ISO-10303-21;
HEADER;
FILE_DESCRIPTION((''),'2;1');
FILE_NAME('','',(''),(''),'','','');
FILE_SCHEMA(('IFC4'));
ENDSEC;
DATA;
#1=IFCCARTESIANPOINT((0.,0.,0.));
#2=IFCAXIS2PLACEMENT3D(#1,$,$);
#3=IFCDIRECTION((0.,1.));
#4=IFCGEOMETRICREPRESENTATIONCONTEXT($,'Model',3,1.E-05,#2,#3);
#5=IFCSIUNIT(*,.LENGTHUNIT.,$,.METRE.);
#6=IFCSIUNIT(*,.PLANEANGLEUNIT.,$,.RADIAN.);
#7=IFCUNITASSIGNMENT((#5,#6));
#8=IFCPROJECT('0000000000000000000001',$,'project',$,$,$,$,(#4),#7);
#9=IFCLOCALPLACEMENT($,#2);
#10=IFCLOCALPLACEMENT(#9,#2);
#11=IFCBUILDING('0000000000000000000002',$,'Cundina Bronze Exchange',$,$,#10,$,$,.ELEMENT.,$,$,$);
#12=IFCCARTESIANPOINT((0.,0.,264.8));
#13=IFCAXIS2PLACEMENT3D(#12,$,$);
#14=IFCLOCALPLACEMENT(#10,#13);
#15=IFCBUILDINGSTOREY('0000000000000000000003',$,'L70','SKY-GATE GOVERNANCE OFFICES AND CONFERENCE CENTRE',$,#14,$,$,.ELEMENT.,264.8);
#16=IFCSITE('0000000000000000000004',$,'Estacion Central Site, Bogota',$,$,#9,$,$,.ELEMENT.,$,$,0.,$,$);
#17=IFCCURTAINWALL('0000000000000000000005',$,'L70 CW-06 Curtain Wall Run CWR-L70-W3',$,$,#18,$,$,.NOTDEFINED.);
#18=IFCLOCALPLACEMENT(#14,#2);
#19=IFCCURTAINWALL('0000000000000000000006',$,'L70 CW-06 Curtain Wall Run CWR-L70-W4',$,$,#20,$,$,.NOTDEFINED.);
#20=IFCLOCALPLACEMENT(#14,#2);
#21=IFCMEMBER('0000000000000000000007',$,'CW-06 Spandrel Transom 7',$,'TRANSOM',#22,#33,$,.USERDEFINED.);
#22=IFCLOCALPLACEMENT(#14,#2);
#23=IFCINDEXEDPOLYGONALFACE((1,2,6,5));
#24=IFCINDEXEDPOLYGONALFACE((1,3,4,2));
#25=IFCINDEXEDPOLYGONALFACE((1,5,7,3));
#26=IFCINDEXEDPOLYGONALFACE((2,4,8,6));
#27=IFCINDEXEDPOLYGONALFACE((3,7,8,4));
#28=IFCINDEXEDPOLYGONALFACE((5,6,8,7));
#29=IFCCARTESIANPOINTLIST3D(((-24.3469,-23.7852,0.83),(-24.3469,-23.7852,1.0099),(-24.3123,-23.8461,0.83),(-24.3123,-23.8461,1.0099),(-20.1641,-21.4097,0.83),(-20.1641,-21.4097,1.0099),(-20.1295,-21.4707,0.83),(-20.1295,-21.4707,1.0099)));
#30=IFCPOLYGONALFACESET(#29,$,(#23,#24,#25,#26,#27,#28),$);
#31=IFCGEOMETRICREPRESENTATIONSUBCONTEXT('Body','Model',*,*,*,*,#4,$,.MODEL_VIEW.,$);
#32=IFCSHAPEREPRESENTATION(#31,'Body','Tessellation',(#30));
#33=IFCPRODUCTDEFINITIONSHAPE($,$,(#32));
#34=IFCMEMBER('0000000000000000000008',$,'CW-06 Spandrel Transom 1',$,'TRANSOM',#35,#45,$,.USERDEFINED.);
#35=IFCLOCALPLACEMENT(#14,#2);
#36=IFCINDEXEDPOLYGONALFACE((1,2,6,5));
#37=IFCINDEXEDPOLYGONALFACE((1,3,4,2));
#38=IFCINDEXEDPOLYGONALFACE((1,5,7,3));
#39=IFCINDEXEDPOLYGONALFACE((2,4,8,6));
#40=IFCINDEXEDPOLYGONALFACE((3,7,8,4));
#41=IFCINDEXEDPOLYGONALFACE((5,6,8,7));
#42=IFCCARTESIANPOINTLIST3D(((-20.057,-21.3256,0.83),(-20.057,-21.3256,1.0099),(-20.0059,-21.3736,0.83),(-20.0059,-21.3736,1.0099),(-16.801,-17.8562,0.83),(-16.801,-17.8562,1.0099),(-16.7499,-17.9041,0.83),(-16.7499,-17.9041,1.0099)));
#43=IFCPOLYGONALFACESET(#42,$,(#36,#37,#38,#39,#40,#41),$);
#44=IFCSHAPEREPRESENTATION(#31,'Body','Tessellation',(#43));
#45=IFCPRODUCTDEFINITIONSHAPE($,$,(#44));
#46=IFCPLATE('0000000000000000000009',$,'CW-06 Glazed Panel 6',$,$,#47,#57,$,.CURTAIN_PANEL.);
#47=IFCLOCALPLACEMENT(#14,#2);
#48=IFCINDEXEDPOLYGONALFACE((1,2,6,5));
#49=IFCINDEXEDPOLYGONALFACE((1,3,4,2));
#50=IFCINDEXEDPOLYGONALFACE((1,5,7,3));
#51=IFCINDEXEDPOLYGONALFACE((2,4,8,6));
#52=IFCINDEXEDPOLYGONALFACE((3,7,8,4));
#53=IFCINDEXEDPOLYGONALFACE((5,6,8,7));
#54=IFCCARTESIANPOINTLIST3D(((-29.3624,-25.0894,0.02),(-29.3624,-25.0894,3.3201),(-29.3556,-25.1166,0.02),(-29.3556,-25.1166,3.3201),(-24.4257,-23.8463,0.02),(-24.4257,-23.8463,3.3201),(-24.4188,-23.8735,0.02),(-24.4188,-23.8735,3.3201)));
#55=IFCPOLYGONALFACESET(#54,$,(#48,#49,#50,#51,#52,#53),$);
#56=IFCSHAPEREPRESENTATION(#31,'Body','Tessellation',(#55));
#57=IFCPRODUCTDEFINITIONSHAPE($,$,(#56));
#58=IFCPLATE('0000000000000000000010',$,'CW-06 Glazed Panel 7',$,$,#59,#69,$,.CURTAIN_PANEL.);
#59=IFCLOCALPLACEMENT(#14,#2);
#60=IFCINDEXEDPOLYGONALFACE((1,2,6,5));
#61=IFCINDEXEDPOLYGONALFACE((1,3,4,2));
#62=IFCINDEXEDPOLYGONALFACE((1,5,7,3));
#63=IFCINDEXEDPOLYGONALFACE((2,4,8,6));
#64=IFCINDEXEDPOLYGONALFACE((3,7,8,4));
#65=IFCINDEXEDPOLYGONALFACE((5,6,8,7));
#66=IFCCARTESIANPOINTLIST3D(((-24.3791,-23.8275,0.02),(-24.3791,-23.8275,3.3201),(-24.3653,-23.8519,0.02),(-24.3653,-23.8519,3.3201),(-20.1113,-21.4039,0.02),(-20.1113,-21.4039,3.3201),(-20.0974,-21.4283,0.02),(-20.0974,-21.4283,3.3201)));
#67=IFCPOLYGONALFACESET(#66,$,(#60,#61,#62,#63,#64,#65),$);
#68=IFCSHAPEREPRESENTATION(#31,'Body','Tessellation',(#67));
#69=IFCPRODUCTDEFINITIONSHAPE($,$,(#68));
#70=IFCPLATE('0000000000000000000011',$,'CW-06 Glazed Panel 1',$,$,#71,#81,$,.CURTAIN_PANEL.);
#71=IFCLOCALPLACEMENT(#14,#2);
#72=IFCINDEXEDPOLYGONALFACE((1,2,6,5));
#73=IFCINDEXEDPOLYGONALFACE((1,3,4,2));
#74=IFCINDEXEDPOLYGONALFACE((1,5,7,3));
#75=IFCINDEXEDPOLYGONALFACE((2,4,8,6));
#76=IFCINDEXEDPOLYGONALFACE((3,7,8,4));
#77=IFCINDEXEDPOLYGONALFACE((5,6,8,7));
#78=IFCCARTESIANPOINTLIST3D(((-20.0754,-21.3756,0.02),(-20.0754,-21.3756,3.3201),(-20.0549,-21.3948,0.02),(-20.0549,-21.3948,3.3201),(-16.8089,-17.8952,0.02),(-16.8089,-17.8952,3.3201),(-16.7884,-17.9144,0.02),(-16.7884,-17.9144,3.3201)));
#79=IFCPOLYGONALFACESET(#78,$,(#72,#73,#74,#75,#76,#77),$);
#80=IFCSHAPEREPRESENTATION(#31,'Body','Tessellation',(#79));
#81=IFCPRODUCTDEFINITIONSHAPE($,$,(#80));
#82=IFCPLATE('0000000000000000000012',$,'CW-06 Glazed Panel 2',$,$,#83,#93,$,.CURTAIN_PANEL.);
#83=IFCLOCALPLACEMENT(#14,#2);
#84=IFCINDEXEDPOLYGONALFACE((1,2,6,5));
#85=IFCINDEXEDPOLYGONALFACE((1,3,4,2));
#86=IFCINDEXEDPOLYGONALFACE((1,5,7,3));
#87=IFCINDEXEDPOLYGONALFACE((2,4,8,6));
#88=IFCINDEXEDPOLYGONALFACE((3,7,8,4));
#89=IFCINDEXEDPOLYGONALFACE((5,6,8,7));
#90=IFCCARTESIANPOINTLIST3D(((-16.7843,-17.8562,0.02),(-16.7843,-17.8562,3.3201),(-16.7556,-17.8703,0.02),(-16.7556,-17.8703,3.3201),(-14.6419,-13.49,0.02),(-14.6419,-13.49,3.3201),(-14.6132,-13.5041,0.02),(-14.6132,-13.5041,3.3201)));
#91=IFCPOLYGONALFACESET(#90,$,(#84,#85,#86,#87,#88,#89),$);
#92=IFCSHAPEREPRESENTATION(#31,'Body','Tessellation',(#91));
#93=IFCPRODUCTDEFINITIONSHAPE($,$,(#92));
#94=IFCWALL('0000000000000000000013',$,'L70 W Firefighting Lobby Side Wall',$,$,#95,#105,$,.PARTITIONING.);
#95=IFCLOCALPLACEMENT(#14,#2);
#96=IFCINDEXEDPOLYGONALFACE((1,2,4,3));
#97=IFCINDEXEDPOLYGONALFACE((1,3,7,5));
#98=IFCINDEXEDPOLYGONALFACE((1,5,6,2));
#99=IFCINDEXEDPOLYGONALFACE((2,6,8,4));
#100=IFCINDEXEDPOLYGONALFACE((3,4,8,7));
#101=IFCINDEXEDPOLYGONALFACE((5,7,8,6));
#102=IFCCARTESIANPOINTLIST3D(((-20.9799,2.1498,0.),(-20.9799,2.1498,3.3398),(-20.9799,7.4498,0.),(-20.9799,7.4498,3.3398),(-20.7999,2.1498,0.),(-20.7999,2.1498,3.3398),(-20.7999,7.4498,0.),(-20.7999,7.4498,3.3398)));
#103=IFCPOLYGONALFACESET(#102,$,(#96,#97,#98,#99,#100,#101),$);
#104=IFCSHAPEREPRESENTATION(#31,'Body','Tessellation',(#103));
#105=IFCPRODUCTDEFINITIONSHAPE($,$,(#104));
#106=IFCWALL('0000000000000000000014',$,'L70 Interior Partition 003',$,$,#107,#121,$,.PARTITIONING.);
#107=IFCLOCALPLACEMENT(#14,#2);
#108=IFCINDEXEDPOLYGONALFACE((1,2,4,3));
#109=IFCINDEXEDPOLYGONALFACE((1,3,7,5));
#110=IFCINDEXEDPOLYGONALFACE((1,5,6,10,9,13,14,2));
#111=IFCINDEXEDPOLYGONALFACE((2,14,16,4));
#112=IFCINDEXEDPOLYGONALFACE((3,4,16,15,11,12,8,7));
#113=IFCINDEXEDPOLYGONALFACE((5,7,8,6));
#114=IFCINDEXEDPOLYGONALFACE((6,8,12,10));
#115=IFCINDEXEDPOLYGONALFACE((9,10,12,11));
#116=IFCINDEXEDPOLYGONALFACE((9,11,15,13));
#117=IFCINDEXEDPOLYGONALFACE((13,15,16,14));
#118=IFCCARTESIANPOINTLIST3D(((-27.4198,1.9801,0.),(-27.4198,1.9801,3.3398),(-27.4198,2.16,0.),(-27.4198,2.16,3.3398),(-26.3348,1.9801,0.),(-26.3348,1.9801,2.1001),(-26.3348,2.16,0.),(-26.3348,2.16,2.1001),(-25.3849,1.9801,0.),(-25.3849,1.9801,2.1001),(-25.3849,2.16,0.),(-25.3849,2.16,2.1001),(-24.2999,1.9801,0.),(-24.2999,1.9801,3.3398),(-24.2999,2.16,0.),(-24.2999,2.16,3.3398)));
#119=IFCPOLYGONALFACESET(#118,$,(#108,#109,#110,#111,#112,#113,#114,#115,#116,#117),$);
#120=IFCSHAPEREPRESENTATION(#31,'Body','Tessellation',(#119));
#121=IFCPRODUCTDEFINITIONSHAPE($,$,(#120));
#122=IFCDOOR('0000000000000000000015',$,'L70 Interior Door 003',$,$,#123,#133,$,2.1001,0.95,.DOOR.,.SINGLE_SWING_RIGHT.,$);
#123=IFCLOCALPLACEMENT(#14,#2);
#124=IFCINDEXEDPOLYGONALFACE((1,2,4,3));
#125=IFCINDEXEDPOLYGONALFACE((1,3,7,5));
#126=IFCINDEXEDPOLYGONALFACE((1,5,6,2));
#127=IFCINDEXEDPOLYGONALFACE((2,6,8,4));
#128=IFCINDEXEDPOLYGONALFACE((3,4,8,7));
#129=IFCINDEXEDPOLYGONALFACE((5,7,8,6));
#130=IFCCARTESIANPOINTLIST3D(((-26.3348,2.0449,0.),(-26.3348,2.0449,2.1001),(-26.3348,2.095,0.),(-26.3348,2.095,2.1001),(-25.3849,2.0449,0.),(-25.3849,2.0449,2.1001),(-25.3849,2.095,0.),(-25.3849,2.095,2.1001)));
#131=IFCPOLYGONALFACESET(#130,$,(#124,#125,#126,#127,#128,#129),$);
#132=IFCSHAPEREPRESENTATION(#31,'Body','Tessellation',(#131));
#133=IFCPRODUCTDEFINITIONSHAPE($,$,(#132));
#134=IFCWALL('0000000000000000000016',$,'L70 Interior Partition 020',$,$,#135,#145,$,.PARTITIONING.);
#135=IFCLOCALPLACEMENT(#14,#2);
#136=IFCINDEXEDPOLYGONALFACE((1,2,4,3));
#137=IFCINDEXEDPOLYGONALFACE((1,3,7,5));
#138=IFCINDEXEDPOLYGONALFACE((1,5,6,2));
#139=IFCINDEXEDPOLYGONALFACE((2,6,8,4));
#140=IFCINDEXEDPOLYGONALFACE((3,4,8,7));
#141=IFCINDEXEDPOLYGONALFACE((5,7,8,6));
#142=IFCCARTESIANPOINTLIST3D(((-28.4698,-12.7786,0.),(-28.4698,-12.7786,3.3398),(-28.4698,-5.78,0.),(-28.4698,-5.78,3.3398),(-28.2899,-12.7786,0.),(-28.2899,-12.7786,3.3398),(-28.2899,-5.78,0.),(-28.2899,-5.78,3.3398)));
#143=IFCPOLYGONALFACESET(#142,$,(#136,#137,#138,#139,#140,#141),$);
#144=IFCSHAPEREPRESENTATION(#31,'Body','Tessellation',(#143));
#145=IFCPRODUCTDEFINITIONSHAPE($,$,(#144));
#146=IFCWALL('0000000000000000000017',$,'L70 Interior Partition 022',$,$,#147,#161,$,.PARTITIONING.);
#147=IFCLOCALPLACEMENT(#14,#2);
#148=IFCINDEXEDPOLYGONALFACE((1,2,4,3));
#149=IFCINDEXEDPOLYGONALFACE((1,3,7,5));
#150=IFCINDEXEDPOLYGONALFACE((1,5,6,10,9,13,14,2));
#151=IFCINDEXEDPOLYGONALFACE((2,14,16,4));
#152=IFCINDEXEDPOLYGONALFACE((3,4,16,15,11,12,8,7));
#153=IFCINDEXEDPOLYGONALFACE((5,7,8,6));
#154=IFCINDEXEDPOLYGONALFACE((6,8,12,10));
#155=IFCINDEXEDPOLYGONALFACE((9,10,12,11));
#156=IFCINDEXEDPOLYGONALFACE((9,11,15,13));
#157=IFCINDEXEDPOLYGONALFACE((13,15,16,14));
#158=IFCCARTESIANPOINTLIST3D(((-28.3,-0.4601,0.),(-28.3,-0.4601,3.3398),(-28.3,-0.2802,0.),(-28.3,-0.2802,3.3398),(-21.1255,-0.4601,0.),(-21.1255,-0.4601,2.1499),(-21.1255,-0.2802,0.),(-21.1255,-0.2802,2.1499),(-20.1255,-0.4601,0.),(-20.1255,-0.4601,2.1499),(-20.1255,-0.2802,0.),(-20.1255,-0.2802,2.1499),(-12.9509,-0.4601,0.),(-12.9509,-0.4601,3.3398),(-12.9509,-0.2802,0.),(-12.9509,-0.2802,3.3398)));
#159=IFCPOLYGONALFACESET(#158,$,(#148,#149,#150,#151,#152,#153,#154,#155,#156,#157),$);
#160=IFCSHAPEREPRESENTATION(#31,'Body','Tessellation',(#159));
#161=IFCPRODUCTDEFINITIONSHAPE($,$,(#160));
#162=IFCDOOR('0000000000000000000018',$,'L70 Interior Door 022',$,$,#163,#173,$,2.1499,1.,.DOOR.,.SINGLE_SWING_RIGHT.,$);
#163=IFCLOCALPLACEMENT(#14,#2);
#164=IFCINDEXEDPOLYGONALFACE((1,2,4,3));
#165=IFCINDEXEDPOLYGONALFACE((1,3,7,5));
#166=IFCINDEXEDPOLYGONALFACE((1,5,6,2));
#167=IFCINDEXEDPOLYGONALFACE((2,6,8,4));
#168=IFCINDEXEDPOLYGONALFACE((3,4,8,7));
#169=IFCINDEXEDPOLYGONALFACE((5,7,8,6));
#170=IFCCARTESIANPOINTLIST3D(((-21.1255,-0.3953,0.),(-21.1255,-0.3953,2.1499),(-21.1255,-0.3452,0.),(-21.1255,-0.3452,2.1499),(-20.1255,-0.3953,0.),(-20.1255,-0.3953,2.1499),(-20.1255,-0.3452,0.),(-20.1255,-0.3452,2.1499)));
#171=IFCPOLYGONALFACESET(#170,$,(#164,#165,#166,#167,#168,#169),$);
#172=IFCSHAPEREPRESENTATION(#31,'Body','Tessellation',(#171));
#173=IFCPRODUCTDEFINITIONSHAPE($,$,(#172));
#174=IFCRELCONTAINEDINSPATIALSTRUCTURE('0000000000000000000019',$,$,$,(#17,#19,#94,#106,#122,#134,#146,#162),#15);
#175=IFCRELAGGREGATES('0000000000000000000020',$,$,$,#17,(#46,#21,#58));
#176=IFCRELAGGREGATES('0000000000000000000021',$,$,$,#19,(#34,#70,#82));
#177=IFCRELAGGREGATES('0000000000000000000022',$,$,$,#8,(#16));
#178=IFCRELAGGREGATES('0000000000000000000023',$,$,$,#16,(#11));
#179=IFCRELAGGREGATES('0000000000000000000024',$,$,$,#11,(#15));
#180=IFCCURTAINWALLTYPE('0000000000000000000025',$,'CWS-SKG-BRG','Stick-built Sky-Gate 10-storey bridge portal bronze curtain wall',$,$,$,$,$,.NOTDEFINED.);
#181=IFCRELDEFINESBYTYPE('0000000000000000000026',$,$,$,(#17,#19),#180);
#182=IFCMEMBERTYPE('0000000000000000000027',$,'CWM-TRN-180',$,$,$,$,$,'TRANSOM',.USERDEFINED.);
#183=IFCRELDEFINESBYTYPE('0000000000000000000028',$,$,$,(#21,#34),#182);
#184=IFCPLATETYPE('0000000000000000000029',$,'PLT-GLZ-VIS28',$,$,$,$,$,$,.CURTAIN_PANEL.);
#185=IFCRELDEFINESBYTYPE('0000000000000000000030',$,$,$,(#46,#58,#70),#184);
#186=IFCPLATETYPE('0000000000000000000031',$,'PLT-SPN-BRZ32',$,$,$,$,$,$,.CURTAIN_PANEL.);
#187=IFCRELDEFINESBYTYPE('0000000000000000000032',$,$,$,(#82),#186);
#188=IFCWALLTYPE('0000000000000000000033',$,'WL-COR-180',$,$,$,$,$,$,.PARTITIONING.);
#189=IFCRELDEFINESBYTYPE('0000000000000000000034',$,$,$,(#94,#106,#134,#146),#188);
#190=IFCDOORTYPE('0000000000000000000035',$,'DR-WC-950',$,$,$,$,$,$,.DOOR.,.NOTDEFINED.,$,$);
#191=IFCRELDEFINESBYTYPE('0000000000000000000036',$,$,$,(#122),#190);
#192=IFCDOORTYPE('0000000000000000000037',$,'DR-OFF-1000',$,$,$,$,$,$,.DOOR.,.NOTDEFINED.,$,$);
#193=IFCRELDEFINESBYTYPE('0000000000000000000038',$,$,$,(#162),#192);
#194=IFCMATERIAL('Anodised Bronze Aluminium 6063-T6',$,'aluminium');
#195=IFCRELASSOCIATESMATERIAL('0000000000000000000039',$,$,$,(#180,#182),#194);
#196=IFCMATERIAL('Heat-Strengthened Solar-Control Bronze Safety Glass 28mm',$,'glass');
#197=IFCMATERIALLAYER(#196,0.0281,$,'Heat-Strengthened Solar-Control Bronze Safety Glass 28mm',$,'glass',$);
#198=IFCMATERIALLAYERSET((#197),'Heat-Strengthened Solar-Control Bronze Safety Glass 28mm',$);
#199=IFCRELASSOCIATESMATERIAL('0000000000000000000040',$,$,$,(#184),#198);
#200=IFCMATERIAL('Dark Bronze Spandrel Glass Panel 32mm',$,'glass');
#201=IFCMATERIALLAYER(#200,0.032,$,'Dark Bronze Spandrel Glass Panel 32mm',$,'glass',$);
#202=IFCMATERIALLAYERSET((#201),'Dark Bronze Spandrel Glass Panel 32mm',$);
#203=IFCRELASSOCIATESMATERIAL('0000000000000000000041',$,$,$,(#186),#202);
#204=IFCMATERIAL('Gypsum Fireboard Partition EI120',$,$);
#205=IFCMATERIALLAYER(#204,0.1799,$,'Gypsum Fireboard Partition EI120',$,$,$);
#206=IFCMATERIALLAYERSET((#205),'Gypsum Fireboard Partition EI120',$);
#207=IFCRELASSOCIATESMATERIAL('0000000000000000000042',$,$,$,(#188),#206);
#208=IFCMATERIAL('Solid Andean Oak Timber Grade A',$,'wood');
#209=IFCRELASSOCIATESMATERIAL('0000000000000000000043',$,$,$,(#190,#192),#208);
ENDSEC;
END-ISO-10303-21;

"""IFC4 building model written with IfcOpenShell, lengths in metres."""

from ifc_helpers import new_model, si_unit, direction, frame, frame_2d, origin, origin_2d, place, context, subcontext, project, spatial, rectangle, extrude, material, layer, layer_set, material_profile, profile_set, type_object, element, fill, aggregate, save


model = new_model("IFC4")

# Units and contexts
model_context = context("Model", 3, precision=1e-05, world=origin(), true_north=direction((0.0, 1.0)))
body_context = subcontext(model_context, "Body", "Model", "MODEL_VIEW")
ifc_project = project(units=[si_unit("LENGTHUNIT", "METRE"), si_unit("PLANEANGLEUNIT", "RADIAN")], contexts=[model_context])

# Site, building, storey
site_placement = place(None, origin())
site = spatial("IfcSite", under=ifc_project, at=site_placement, Name="Estacion Central Site, Bogota", CompositionType="ELEMENT", RefElevation=0.0)
building_placement = place(site_placement, origin())
building = spatial("IfcBuilding", under=site, at=building_placement, Name="Cundina Bronze Exchange", CompositionType="ELEMENT")
storey_placement = place(building_placement, frame((0.0, 0.0, 264.8)))
storey = spatial("IfcBuildingStorey", under=building, at=storey_placement, Name="L70", Description="SKY-GATE GOVERNANCE OFFICES AND CONFERENCE CENTRE", CompositionType="ELEMENT", Elevation=264.8)

# Curtain walls
ifc_material_1 = material(Name="Anodised Bronze Aluminium 6063-T6", Category="aluminium")
curtain_wall_type = type_object("IfcCurtainWallType", Name="CWS-SKG-BRG", Description="Stick-built Sky-Gate 10-storey bridge portal bronze curtain wall", PredefinedType="NOTDEFINED", material=ifc_material_1)
curtain_wall_1_placement = place(storey_placement, origin())
curtain_wall_1 = element("IfcCurtainWall", 1, at=curtain_wall_1_placement, inside=storey, type_object=curtain_wall_type, Name="L70 CW-06 Curtain Wall Run CWR-L70-W3", PredefinedType="NOTDEFINED")
curtain_wall_2_placement = place(storey_placement, origin())
curtain_wall_2 = element("IfcCurtainWall", 2, at=curtain_wall_2_placement, inside=storey, type_object=curtain_wall_type, Name="L70 CW-06 Curtain Wall Run CWR-L70-W4", PredefinedType="NOTDEFINED")

# Members
ifc_material_profile_1 = material_profile(ifc_material_1, rectangle(XDim=0.0701, YDim=0.1799, at=origin_2d()), Name="AL70X180", Category="aluminium")
ifc_profile_set_1 = profile_set([ifc_material_profile_1], Name="Anodised Bronze Aluminium 6063-T6")
member_type_1 = type_object("IfcMemberType", Name="CWM-TRN-180", ElementType="TRANSOM", PredefinedType="USERDEFINED", material=ifc_profile_set_1)
member_1_placement = place(storey_placement, frame((-24.3296, -23.8157, 0.9199), z_axis=(0.869558, 0.493831, 0.0), x_axis=(-0.493831, 0.869558, 0.0)))
member_1 = element("IfcMember", 3, at=member_1_placement, type_object=member_type_1, Name="CW-06 Spandrel Transom 7", ObjectType="TRANSOM", PredefinedType="USERDEFINED", context=body_context, shape_type="SweptSolid", body=[
    extrude(rectangle(XDim=0.0701, YDim=0.1799, at=origin_2d()), origin(), (0.0, 0.0, 1.0), 4.8103),
])
member_2_placement = place(storey_placement, frame((-20.0315, -21.3496, 0.9199), z_axis=(0.684328, 0.729174, 0.0), x_axis=(-0.729174, 0.684328, 0.0)))
member_2 = element("IfcMember", 4, at=member_2_placement, type_object=member_type_1, Name="CW-06 Spandrel Transom 1", ObjectType="TRANSOM", PredefinedType="USERDEFINED", context=body_context, shape_type="SweptSolid", body=[
    extrude(rectangle(XDim=0.0701, YDim=0.1799, at=origin_2d()), origin(), (0.0, 0.0, 1.0), 4.7581),
])

# Plates
ifc_material_2 = material(Name="Heat-Strengthened Solar-Control Bronze Safety Glass 28mm", Category="glass")
ifc_layer_1 = layer(ifc_material_2, 0.0281, Name="Heat-Strengthened Solar-Control Bronze Safety Glass 28mm", Category="glass")
ifc_layer_set_1 = layer_set([ifc_layer_1], Name="Heat-Strengthened Solar-Control Bronze Safety Glass 28mm")
plate_type_1 = type_object("IfcPlateType", Name="PLT-GLZ-VIS28", PredefinedType="CURTAIN_PANEL", material=ifc_layer_set_1)
plate_1_placement = place(storey_placement, frame((-26.8906, -24.4814, 0.02), z_axis=(0.0, 0.0, 1.0), x_axis=(0.969732, 0.244174, 0.0)))
plate_1 = element("IfcPlate", 5, at=plate_1_placement, type_object=plate_type_1, Name="CW-06 Glazed Panel 6", PredefinedType="CURTAIN_PANEL", context=body_context, shape_type="SweptSolid", body=[
    extrude(rectangle(XDim=5.0908, YDim=0.0281, at=origin_2d()), origin(), (0.0, 0.0, 1.0), 3.3),
])
plate_2_placement = place(storey_placement, frame((-22.2383, -22.6279, 0.02), z_axis=(0.0, 0.0, 1.0), x_axis=(0.869573, 0.493805, 0.0)))
plate_2 = element("IfcPlate", 6, at=plate_2_placement, type_object=plate_type_1, Name="CW-06 Glazed Panel 7", PredefinedType="CURTAIN_PANEL", context=body_context, shape_type="SweptSolid", body=[
    extrude(rectangle(XDim=4.908, YDim=0.0281, at=origin_2d()), origin(), (0.0, 0.0, 1.0), 3.3),
])
aggregate(curtain_wall_1, [plate_1, member_1, plate_2])
plate_3_placement = place(storey_placement, frame((-18.4319, -19.645, 0.02), z_axis=(0.0, 0.0, 1.0), x_axis=(0.684344, 0.72916, 0.0)))
plate_3 = element("IfcPlate", 7, at=plate_3_placement, type_object=plate_type_1, Name="CW-06 Glazed Panel 1", PredefinedType="CURTAIN_PANEL", context=body_context, shape_type="SweptSolid", body=[
    extrude(rectangle(XDim=4.7732, YDim=0.0281, at=origin_2d()), origin(), (0.0, 0.0, 1.0), 3.3),
])
ifc_material_3 = material(Name="Dark Bronze Spandrel Glass Panel 32mm", Category="glass")
ifc_layer_2 = layer(ifc_material_3, 0.032, Name="Dark Bronze Spandrel Glass Panel 32mm", Category="glass")
ifc_layer_set_2 = layer_set([ifc_layer_2], Name="Dark Bronze Spandrel Glass Panel 32mm")
plate_type_2 = type_object("IfcPlateType", Name="PLT-SPN-BRZ32", PredefinedType="CURTAIN_PANEL", material=ifc_layer_set_2)
plate_4_placement = place(storey_placement, frame((-15.6987, -15.6802, 0.02), z_axis=(0.0, 0.0, 1.0), x_axis=(0.440503, 0.897751, 0.0)))
plate_4 = element("IfcPlate", 8, at=plate_4_placement, type_object=plate_type_2, Name="CW-06 Glazed Panel 2", PredefinedType="CURTAIN_PANEL", context=body_context, shape_type="SweptSolid", body=[
    extrude(rectangle(XDim=4.8635, YDim=0.032, at=origin_2d()), origin(), (0.0, 0.0, 1.0), 3.3),
])
aggregate(curtain_wall_2, [member_2, plate_3, plate_4])

# Wall
ifc_material_4 = material(Name="Gypsum Fireboard Partition EI120")
ifc_layer_3 = layer(ifc_material_4, 0.1799, Name="Gypsum Fireboard Partition EI120")
ifc_layer_set_3 = layer_set([ifc_layer_3], Name="Gypsum Fireboard Partition EI120")
wall_type_1 = type_object("IfcWallType", Name="WL-COR-180", PredefinedType="PARTITIONING", material=ifc_layer_set_3)
wall_1_placement = place(storey_placement, frame((-20.8899, 2.1499, 0.0), z_axis=(0.0, 0.0, 1.0), x_axis=(0.0, 1.0, 0.0)))
element("IfcWall", 9, at=wall_1_placement, inside=storey, type_object=wall_type_1, Name="L70 W Firefighting Lobby Side Wall", PredefinedType="PARTITIONING", context=body_context, shape_type="SweptSolid", body=[
    extrude(rectangle(XDim=5.3, YDim=0.1799, at=frame_2d((2.6499, 0.0))), origin(), (0.0, 0.0, 1.0), 3.3398),
])

# Wall, opening, door
wall_2_placement = place(storey_placement, frame((-27.4199, 2.0701, 0.0), z_axis=(0.0, 0.0, 1.0), x_axis=(1.0, 0.0, 0.0)))
wall_2 = element("IfcWall", 10, at=wall_2_placement, inside=storey, type_object=wall_type_1, Name="L70 Interior Partition 003", PredefinedType="PARTITIONING", context=body_context, shape_type="SweptSolid", body=[
    extrude(rectangle(XDim=3.1199, YDim=0.1799, at=frame_2d((1.5601, 0.0))), origin(), (0.0, 0.0, 1.0), 3.3398),
])
opening_1_placement = place(wall_2_placement, frame((1.085, 0.0, 0.0)))
opening_1 = element("IfcOpeningElement", 11, at=opening_1_placement, cuts=wall_2, PredefinedType="OPENING", context=body_context, shape_type="SweptSolid", body=[
    extrude(rectangle(XDim=0.95, YDim=2.1001, at=frame_2d((0.4751, 1.05))), frame((0.0, 0.0999, 0.0), z_axis=(0.0, -1.0, 0.0), x_axis=(1.0, 0.0, 0.0)), (0.0, 0.0, 1.0), 0.2),
])
ifc_material_5 = material(Name="Solid Andean Oak Timber Grade A", Category="wood")
door_type_1 = type_object("IfcDoorType", Name="DR-WC-950", OperationType="NOTDEFINED", PredefinedType="DOOR", material=ifc_material_5)
door_1_placement = place(opening_1_placement, origin())
door_1 = element("IfcDoor", 12, at=door_1_placement, inside=storey, type_object=door_type_1, Name="L70 Interior Door 003", OperationType="SINGLE_SWING_RIGHT", OverallHeight=2.1001, OverallWidth=0.95, PredefinedType="DOOR", context=body_context, shape_type="SweptSolid", body=[
    extrude(rectangle(XDim=0.95, YDim=2.1001, at=frame_2d((0.4751, 1.05))), frame((0.0, 0.0249, 0.0), z_axis=(0.0, -1.0, 0.0), x_axis=(1.0, 0.0, 0.0)), (0.0, 0.0, 1.0), 0.05),
])
fill(opening_1, door_1)

# Wall
wall_3_placement = place(storey_placement, frame((-28.3799, -12.7786, 0.0), z_axis=(0.0, 0.0, 1.0), x_axis=(0.0, 1.0, 0.0)))
element("IfcWall", 13, at=wall_3_placement, inside=storey, type_object=wall_type_1, Name="L70 Interior Partition 020", PredefinedType="PARTITIONING", context=body_context, shape_type="SweptSolid", body=[
    extrude(rectangle(XDim=6.9985, YDim=0.1799, at=frame_2d((3.4993, 0.0))), origin(), (0.0, 0.0, 1.0), 3.3398),
])

# Wall, opening, door
wall_4_placement = place(storey_placement, frame((-28.3, -0.3701, 0.0), z_axis=(0.0, 0.0, 1.0), x_axis=(1.0, 0.0, 0.0)))
wall_4 = element("IfcWall", 14, at=wall_4_placement, inside=storey, type_object=wall_type_1, Name="L70 Interior Partition 022", PredefinedType="PARTITIONING", context=body_context, shape_type="SweptSolid", body=[
    extrude(rectangle(XDim=15.3491, YDim=0.1799, at=frame_2d((7.6746, 0.0))), origin(), (0.0, 0.0, 1.0), 3.3398),
])
opening_2_placement = place(wall_4_placement, frame((7.1746, 0.0, 0.0)))
opening_2 = element("IfcOpeningElement", 15, at=opening_2_placement, cuts=wall_4, PredefinedType="OPENING", context=body_context, shape_type="SweptSolid", body=[
    extrude(rectangle(XDim=1.0, YDim=2.1499, at=frame_2d((0.5, 1.075))), frame((0.0, 0.0999, 0.0), z_axis=(0.0, -1.0, 0.0), x_axis=(1.0, 0.0, 0.0)), (0.0, 0.0, 1.0), 0.2),
])
door_type_2 = type_object("IfcDoorType", Name="DR-OFF-1000", OperationType="NOTDEFINED", PredefinedType="DOOR", material=ifc_material_5)
door_2_placement = place(opening_2_placement, origin())
door_2 = element("IfcDoor", 16, at=door_2_placement, inside=storey, type_object=door_type_2, Name="L70 Interior Door 022", OperationType="SINGLE_SWING_RIGHT", OverallHeight=2.1499, OverallWidth=1.0, PredefinedType="DOOR", context=body_context, shape_type="SweptSolid", body=[
    extrude(rectangle(XDim=1.0, YDim=2.1499, at=frame_2d((0.5, 1.075))), frame((0.0, 0.0249, 0.0), z_axis=(0.0, -1.0, 0.0), x_axis=(1.0, 0.0, 0.0)), (0.0, 0.0, 1.0), 0.05),
])
fill(opening_2, door_2)

save(model, "model.ifc")
